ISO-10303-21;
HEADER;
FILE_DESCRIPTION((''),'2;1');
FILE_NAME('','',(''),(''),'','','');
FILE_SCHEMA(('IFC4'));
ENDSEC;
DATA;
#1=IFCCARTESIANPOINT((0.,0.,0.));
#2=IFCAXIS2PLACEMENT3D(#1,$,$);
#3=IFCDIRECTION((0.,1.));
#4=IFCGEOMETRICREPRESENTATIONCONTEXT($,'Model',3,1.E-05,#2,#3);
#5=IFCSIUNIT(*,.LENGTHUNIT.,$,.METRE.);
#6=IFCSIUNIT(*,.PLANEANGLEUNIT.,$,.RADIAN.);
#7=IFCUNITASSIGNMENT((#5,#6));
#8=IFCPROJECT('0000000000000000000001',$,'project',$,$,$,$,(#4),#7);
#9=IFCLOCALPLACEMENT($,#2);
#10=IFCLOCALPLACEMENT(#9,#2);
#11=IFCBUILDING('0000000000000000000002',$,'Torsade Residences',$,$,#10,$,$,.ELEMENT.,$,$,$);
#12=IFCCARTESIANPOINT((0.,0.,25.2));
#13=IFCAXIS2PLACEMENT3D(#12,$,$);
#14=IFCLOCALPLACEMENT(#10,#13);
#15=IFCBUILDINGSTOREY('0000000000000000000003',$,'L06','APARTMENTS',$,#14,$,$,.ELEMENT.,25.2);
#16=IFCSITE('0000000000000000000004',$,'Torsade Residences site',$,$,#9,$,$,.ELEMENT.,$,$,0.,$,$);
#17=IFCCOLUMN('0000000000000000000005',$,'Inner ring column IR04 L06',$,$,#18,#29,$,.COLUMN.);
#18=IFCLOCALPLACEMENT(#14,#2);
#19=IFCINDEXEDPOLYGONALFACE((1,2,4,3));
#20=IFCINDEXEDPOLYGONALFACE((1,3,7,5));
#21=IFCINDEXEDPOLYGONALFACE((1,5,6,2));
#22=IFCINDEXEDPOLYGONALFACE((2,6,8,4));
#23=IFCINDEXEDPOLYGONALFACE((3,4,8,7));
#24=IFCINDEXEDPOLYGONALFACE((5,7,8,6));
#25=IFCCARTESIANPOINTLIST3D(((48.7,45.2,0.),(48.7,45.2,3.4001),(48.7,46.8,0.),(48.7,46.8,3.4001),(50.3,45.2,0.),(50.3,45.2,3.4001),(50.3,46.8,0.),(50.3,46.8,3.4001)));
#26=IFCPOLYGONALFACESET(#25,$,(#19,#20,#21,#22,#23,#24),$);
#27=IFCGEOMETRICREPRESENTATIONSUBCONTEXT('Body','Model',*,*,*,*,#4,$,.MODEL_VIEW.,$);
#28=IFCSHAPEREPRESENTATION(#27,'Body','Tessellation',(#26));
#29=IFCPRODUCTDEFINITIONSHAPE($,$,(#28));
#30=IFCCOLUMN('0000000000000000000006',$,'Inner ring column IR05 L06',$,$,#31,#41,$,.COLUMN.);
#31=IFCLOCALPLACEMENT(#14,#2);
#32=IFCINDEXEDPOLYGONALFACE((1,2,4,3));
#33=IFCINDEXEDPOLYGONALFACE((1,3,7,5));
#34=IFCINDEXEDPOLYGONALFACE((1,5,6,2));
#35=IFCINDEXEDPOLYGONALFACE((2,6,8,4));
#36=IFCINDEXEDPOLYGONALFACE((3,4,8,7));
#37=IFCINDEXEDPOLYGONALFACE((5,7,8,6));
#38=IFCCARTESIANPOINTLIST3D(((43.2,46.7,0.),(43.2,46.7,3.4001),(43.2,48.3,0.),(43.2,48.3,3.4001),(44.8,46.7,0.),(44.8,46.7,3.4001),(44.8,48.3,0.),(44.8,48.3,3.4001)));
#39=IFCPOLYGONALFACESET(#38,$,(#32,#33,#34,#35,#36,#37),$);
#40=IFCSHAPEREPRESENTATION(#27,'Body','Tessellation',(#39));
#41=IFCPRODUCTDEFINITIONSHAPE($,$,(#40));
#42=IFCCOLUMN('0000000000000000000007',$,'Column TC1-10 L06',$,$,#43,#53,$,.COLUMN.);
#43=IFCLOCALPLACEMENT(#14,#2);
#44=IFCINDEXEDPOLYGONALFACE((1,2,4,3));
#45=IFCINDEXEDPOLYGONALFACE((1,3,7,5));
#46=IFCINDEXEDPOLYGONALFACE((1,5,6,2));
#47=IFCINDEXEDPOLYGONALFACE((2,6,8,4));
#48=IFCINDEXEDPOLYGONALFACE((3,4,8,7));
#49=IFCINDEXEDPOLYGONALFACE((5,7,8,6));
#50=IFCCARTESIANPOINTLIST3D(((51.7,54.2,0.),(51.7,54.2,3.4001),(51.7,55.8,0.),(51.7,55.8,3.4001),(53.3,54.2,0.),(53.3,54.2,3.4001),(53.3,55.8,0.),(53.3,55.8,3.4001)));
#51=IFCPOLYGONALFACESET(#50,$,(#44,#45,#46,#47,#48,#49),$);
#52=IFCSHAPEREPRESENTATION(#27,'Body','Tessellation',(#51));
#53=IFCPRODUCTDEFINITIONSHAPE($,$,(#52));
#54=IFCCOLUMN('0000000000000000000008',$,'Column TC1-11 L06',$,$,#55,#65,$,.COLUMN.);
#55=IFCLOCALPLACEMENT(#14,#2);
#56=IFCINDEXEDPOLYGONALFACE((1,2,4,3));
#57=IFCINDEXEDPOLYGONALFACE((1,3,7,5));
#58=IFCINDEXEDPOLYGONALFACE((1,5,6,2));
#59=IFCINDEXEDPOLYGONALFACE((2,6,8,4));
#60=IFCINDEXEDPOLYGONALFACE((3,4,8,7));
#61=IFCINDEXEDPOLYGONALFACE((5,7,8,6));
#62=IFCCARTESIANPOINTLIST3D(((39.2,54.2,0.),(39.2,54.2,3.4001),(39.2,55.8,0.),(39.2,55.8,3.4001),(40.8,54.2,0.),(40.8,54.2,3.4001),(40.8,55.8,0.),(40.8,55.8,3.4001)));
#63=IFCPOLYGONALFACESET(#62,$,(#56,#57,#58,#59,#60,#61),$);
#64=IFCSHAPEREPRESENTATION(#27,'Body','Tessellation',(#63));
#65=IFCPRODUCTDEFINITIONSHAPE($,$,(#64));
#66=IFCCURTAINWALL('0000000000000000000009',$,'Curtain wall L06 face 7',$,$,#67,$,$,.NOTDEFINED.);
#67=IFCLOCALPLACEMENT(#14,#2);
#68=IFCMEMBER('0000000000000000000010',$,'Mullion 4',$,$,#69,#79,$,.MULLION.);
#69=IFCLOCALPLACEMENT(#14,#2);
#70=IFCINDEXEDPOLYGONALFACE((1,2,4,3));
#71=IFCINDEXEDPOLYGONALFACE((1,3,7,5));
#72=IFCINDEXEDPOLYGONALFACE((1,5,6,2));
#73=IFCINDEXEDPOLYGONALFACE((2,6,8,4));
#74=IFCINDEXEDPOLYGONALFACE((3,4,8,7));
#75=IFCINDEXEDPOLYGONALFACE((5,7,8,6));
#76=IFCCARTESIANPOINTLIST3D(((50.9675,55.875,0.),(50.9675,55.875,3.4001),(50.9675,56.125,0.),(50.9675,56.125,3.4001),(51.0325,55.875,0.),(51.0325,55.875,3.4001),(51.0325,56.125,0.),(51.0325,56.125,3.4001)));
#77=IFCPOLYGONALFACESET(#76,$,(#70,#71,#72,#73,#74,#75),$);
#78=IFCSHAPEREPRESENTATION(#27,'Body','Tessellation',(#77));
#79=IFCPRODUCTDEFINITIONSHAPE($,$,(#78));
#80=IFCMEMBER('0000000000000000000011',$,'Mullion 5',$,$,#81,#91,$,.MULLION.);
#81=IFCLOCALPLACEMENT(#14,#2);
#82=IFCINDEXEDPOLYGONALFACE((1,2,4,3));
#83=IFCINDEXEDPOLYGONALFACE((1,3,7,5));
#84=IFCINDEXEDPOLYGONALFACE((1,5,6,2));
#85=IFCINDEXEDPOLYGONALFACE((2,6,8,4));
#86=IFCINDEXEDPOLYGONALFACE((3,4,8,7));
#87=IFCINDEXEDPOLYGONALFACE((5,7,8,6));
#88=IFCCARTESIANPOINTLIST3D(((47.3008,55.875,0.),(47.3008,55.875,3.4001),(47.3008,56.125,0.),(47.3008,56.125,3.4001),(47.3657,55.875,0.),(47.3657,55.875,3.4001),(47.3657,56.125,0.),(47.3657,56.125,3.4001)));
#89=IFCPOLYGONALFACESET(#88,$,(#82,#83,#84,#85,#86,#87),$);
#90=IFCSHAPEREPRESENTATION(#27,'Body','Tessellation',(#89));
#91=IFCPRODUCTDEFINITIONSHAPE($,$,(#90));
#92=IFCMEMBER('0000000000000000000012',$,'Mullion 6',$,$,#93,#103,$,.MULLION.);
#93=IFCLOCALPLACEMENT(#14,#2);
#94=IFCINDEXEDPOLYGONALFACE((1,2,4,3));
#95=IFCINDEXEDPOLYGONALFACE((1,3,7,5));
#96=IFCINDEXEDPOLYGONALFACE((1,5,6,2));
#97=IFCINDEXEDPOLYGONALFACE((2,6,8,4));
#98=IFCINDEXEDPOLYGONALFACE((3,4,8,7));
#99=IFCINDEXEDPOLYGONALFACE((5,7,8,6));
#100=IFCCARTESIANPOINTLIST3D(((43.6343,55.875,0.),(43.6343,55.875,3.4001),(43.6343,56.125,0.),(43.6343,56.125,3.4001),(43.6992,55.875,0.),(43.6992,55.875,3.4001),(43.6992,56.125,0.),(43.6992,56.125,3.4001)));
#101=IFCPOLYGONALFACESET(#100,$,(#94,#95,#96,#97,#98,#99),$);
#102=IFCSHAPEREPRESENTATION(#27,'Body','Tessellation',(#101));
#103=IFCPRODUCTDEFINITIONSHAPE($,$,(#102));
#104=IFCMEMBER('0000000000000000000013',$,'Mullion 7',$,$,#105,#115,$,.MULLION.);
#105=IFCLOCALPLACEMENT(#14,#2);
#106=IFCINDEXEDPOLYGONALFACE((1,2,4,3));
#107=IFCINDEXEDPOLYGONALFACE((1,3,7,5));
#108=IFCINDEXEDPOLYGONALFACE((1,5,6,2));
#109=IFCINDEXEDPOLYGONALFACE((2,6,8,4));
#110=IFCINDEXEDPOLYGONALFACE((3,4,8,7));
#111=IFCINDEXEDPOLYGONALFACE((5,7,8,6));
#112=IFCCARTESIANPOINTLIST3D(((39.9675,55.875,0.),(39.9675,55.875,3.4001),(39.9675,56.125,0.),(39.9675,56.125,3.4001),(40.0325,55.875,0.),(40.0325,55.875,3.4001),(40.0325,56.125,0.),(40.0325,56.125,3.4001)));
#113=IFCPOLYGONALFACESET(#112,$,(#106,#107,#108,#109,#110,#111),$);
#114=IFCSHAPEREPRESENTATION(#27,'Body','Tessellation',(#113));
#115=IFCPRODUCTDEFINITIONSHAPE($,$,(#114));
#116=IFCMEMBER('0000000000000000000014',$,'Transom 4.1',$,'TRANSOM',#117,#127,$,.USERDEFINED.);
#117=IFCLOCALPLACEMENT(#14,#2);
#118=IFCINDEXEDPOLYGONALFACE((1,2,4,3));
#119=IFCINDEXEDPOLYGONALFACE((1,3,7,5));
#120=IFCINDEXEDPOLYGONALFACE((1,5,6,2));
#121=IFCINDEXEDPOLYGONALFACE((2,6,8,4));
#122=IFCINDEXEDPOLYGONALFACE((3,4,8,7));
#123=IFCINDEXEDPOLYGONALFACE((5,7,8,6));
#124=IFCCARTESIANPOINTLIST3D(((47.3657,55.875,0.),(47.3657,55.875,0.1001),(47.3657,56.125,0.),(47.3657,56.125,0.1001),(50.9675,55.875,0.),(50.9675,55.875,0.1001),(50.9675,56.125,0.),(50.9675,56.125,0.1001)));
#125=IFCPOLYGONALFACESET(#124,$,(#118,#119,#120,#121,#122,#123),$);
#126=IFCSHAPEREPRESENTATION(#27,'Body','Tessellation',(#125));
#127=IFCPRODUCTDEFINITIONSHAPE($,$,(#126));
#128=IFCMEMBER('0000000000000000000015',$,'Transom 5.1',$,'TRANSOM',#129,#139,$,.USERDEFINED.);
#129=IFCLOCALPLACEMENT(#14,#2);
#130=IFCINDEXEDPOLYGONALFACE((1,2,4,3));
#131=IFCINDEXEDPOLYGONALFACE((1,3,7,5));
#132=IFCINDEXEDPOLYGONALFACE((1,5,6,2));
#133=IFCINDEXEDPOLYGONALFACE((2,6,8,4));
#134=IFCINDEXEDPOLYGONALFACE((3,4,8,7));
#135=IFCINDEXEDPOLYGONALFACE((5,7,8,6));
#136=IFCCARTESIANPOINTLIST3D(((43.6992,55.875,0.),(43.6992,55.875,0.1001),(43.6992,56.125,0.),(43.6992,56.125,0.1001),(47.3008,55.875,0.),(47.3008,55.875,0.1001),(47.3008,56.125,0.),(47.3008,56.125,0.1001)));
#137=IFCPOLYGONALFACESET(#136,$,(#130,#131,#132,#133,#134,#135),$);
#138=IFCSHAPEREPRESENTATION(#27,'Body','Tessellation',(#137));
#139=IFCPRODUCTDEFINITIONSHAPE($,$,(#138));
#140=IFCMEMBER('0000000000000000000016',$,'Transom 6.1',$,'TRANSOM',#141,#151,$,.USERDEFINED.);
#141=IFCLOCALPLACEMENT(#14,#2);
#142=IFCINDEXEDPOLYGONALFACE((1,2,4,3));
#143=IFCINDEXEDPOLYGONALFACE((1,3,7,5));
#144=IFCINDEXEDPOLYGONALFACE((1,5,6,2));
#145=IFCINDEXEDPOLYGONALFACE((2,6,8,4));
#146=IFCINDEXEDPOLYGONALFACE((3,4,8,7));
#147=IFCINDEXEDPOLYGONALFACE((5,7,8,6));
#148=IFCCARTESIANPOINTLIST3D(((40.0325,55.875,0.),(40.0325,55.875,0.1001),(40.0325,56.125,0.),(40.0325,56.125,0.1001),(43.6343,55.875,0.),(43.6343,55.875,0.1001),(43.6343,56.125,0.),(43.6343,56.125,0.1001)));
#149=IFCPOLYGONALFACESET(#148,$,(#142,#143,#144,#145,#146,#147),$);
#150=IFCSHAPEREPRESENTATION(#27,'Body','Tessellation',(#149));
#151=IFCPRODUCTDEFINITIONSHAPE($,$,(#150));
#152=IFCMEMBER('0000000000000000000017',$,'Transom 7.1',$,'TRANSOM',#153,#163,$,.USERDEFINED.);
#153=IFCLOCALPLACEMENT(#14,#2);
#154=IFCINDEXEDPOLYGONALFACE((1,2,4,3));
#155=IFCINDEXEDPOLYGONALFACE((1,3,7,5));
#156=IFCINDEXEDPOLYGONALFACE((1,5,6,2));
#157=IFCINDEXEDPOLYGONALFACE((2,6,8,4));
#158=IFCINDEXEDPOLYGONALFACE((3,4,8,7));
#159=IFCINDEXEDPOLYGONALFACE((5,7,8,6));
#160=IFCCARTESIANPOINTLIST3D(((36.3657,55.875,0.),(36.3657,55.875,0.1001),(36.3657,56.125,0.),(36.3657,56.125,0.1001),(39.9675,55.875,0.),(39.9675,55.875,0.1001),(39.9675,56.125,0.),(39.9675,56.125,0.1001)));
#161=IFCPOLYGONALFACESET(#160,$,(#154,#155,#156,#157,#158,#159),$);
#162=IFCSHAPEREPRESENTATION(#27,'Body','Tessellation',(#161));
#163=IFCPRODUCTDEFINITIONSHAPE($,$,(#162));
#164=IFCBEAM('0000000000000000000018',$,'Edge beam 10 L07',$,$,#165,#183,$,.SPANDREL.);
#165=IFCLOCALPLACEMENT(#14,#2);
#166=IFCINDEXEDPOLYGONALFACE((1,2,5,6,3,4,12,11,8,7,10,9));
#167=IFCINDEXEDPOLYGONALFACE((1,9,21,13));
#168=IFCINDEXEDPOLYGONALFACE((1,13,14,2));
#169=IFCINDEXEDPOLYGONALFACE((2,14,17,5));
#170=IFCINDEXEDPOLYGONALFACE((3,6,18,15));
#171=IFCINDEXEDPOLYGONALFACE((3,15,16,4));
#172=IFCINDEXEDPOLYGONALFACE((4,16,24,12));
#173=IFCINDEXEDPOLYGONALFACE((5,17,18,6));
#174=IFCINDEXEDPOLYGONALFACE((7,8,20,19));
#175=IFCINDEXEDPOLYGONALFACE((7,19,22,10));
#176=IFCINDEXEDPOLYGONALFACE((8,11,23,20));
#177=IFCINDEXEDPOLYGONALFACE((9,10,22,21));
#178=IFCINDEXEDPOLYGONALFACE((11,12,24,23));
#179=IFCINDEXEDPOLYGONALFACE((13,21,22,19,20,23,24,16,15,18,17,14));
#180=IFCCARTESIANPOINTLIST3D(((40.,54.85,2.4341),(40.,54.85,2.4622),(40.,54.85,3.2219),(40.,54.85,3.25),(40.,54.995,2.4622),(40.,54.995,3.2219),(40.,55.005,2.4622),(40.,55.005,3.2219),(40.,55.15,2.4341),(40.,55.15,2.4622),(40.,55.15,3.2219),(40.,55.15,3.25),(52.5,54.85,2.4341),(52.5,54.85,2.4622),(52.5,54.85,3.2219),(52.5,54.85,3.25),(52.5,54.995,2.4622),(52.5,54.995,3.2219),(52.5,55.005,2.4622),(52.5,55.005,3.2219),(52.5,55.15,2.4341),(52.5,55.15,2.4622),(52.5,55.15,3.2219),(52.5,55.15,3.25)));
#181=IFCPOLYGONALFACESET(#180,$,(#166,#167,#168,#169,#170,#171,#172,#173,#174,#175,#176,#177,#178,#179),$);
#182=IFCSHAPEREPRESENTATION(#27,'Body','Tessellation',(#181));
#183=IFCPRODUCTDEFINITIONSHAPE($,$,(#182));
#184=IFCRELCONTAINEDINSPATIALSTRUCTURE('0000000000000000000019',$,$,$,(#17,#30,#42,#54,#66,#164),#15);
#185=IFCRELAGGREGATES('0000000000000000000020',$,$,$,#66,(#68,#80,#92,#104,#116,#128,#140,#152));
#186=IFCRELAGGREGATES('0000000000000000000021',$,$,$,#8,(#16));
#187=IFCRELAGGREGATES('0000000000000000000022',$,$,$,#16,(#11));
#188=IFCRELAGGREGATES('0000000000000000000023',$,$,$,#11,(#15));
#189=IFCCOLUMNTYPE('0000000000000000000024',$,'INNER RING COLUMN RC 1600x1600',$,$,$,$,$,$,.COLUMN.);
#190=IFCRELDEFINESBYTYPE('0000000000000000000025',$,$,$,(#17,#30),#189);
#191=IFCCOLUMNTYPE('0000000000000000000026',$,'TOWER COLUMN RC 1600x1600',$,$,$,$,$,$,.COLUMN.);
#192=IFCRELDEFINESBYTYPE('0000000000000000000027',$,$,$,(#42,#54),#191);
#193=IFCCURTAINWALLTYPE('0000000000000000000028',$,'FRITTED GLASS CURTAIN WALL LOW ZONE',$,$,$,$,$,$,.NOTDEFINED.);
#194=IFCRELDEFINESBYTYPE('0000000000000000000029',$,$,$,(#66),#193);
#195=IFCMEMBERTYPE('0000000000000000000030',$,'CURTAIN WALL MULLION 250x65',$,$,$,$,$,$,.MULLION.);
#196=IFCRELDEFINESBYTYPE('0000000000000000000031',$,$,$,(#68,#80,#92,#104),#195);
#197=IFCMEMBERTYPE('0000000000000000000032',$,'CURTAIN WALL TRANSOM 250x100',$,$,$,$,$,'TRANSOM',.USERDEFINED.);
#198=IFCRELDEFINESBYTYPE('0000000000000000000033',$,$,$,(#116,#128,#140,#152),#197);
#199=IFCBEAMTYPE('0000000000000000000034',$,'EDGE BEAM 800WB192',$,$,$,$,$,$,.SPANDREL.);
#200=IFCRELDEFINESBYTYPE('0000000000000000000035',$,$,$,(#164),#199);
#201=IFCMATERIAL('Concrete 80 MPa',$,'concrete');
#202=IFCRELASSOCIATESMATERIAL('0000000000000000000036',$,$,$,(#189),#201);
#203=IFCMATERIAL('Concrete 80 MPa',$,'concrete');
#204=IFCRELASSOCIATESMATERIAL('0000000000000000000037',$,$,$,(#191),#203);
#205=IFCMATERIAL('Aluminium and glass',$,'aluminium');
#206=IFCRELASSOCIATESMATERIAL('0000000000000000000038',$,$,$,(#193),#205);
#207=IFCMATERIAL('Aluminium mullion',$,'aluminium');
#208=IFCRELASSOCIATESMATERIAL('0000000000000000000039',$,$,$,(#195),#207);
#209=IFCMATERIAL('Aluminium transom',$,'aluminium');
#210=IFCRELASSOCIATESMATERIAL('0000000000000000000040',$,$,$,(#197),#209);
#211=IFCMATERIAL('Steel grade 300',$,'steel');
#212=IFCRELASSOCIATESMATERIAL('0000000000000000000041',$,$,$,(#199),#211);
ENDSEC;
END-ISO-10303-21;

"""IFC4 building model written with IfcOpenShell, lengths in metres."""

from ifc_helpers import new_model, si_unit, direction, frame, origin, origin_2d, place, context, subcontext, project, spatial, rectangle, i_section, extrude, material, material_profile, profile_set, type_object, element, aggregate, save


model = new_model("IFC4")

# Units and contexts
model_context = context("Model", 3, precision=1e-05, world=origin(), true_north=direction((0.0, 1.0)))
body_context = subcontext(model_context, "Body", "Model", "MODEL_VIEW")
ifc_project = project(units=[si_unit("LENGTHUNIT", "METRE"), si_unit("PLANEANGLEUNIT", "RADIAN")], contexts=[model_context])

# Site, building, storey
site_placement = place(None, origin())
site = spatial("IfcSite", under=ifc_project, at=site_placement, Name="Torsade Residences site", CompositionType="ELEMENT", RefElevation=0.0)
building_placement = place(site_placement, origin())
building = spatial("IfcBuilding", under=site, at=building_placement, Name="Torsade Residences", CompositionType="ELEMENT")
storey_placement = place(building_placement, frame((0.0, 0.0, 25.2)))
storey = spatial("IfcBuildingStorey", under=building, at=storey_placement, Name="L06", Description="APARTMENTS", CompositionType="ELEMENT", Elevation=25.2)

# Columns
ifc_material_1 = material(Name="Concrete 80 MPa", Category="concrete")
ifc_material_profile_1 = material_profile(ifc_material_1, rectangle(XDim=1.6001, YDim=1.6001, at=origin_2d()), Name="RC 1600x1600")
ifc_profile_set_1 = profile_set([ifc_material_profile_1], Name="Concrete 80 MPa")
column_type_1 = type_object("IfcColumnType", Name="INNER RING COLUMN RC 1600x1600", PredefinedType="COLUMN", material=ifc_profile_set_1)
for number, where, z_axis, x_axis, name in (
    (1, (49.5, 46.0, 0.0), (0.0, 0.0, 1.0), (1.0, 0.0, 0.0), "Inner ring column IR04 L06"),
    (2, (44.0, 47.5, 0.0), (0.0, 0.0, 1.0), (1.0, 0.0, 0.0), "Inner ring column IR05 L06"),
):
    element("IfcColumn", number, at=place(storey_placement, frame(where, z_axis=z_axis, x_axis=x_axis)), inside=storey, type_object=column_type_1, Name=name, PredefinedType="COLUMN", context=body_context, shape_type="SweptSolid", body=[
        extrude(rectangle(XDim=1.6001, YDim=1.6001, at=origin_2d()), origin(), (0.0, 0.0, 1.0), 3.4001),
    ])
ifc_material_2 = material(Name="Concrete 80 MPa", Category="concrete")
ifc_material_profile_2 = material_profile(ifc_material_2, rectangle(XDim=1.6001, YDim=1.6001, at=origin_2d()), Name="RC 1600x1600")
ifc_profile_set_2 = profile_set([ifc_material_profile_2], Name="Concrete 80 MPa")
column_type_2 = type_object("IfcColumnType", Name="TOWER COLUMN RC 1600x1600", PredefinedType="COLUMN", material=ifc_profile_set_2)
for number, where, z_axis, x_axis, name in (
    (3, (52.5, 55.0, 0.0), (0.0, 0.0, 1.0), (1.0, 0.0, 0.0), "Column TC1-10 L06"),
    (4, (40.0, 55.0, 0.0), (0.0, 0.0, 1.0), (1.0, 0.0, 0.0), "Column TC1-11 L06"),
):
    element("IfcColumn", number, at=place(storey_placement, frame(where, z_axis=z_axis, x_axis=x_axis)), inside=storey, type_object=column_type_2, Name=name, PredefinedType="COLUMN", context=body_context, shape_type="SweptSolid", body=[
        extrude(rectangle(XDim=1.6001, YDim=1.6001, at=origin_2d()), origin(), (0.0, 0.0, 1.0), 3.4001),
    ])

# Curtain wall, members
ifc_material_3 = material(Name="Aluminium and glass", Category="aluminium")
curtain_wall_type = type_object("IfcCurtainWallType", Name="FRITTED GLASS CURTAIN WALL LOW ZONE", PredefinedType="NOTDEFINED", material=ifc_material_3)
curtain_wall_placement = place(storey_placement, origin())
curtain_wall = element("IfcCurtainWall", 5, at=curtain_wall_placement, inside=storey, type_object=curtain_wall_type, Name="Curtain wall L06 face 7", PredefinedType="NOTDEFINED")
ifc_material_4 = material(Name="Aluminium mullion", Category="aluminium")
ifc_material_profile_3 = material_profile(ifc_material_4, rectangle(XDim=0.25, YDim=0.0649, at=origin_2d()), Name="CURTAIN WALL MULLION 250x65")
ifc_profile_set_3 = profile_set([ifc_material_profile_3], Name="Aluminium mullion")
member_type_1 = type_object("IfcMemberType", Name="CURTAIN WALL MULLION 250x65", PredefinedType="MULLION", material=ifc_profile_set_3)
member_1_placement = place(storey_placement, frame((51.0, 56.0, 0.0), z_axis=(0.0, 0.0, 1.0), x_axis=(0.0, -1.0, 0.0)))
member_1 = element("IfcMember", 6, at=member_1_placement, type_object=member_type_1, Name="Mullion 4", PredefinedType="MULLION", context=body_context, shape_type="SweptSolid", body=[
    extrude(rectangle(XDim=0.25, YDim=0.0649, at=origin_2d()), origin(), (0.0, 0.0, 1.0), 3.4001),
])
member_2_placement = place(storey_placement, frame((47.3333, 56.0, 0.0), z_axis=(0.0, 0.0, 1.0), x_axis=(0.0, -1.0, 0.0)))
member_2 = element("IfcMember", 7, at=member_2_placement, type_object=member_type_1, Name="Mullion 5", PredefinedType="MULLION", context=body_context, shape_type="SweptSolid", body=[
    extrude(rectangle(XDim=0.25, YDim=0.0649, at=origin_2d()), origin(), (0.0, 0.0, 1.0), 3.4001),
])
member_3_placement = place(storey_placement, frame((43.6667, 56.0, 0.0), z_axis=(0.0, 0.0, 1.0), x_axis=(0.0, -1.0, 0.0)))
member_3 = element("IfcMember", 8, at=member_3_placement, type_object=member_type_1, Name="Mullion 6", PredefinedType="MULLION", context=body_context, shape_type="SweptSolid", body=[
    extrude(rectangle(XDim=0.25, YDim=0.0649, at=origin_2d()), origin(), (0.0, 0.0, 1.0), 3.4001),
])
member_4_placement = place(storey_placement, frame((40.0, 56.0, 0.0), z_axis=(0.0, 0.0, 1.0), x_axis=(0.0, -1.0, 0.0)))
member_4 = element("IfcMember", 9, at=member_4_placement, type_object=member_type_1, Name="Mullion 7", PredefinedType="MULLION", context=body_context, shape_type="SweptSolid", body=[
    extrude(rectangle(XDim=0.25, YDim=0.0649, at=origin_2d()), origin(), (0.0, 0.0, 1.0), 3.4001),
])
ifc_material_5 = material(Name="Aluminium transom", Category="aluminium")
ifc_material_profile_4 = material_profile(ifc_material_5, rectangle(XDim=0.25, YDim=0.1001, at=origin_2d()), Name="CURTAIN WALL TRANSOM 250x100")
ifc_profile_set_4 = profile_set([ifc_material_profile_4], Name="Aluminium transom")
member_type_2 = type_object("IfcMemberType", Name="CURTAIN WALL TRANSOM 250x100", ElementType="TRANSOM", PredefinedType="USERDEFINED", material=ifc_profile_set_4)
member_5_placement = place(storey_placement, frame((50.9675, 56.0, 0.05), z_axis=(-1.0, 0.0, 0.0), x_axis=(0.0, -1.0, 0.0)))
member_5 = element("IfcMember", 10, at=member_5_placement, type_object=member_type_2, Name="Transom 4.1", ObjectType="TRANSOM", PredefinedType="USERDEFINED", context=body_context, shape_type="SweptSolid", body=[
    extrude(rectangle(XDim=0.25, YDim=0.1001, at=origin_2d()), origin(), (0.0, 0.0, 1.0), 3.6018),
])
member_6_placement = place(storey_placement, frame((47.3008, 56.0, 0.05), z_axis=(-1.0, 0.0, 0.0), x_axis=(0.0, -1.0, 0.0)))
member_6 = element("IfcMember", 11, at=member_6_placement, type_object=member_type_2, Name="Transom 5.1", ObjectType="TRANSOM", PredefinedType="USERDEFINED", context=body_context, shape_type="SweptSolid", body=[
    extrude(rectangle(XDim=0.25, YDim=0.1001, at=origin_2d()), origin(), (0.0, 0.0, 1.0), 3.6016),
])
member_7_placement = place(storey_placement, frame((43.6343, 56.0, 0.05), z_axis=(-1.0, 0.0, 0.0), x_axis=(0.0, -1.0, 0.0)))
member_7 = element("IfcMember", 12, at=member_7_placement, type_object=member_type_2, Name="Transom 6.1", ObjectType="TRANSOM", PredefinedType="USERDEFINED", context=body_context, shape_type="SweptSolid", body=[
    extrude(rectangle(XDim=0.25, YDim=0.1001, at=origin_2d()), origin(), (0.0, 0.0, 1.0), 3.6018),
])
member_8_placement = place(storey_placement, frame((39.9675, 56.0, 0.05), z_axis=(-1.0, 0.0, 0.0), x_axis=(0.0, -1.0, 0.0)))
member_8 = element("IfcMember", 13, at=member_8_placement, type_object=member_type_2, Name="Transom 7.1", ObjectType="TRANSOM", PredefinedType="USERDEFINED", context=body_context, shape_type="SweptSolid", body=[
    extrude(rectangle(XDim=0.25, YDim=0.1001, at=origin_2d()), origin(), (0.0, 0.0, 1.0), 3.6018),
])

# Beam
ifc_material_6 = material(Name="Steel grade 300", Category="steel")
ifc_material_profile_5 = material_profile(ifc_material_6, i_section(OverallWidth=0.3, OverallDepth=0.8159, WebThickness=0.01, FlangeThickness=0.0281, at=origin_2d()), Name="800WB192")
ifc_profile_set_5 = profile_set([ifc_material_profile_5], Name="Steel grade 300")
beam_type_1 = type_object("IfcBeamType", Name="EDGE BEAM 800WB192", PredefinedType="SPANDREL", material=ifc_profile_set_5)
for number, where, z_axis, x_axis, name in (
    (14, (52.5, 55.0, 2.842), (-1.0, 0.0, 0.0), (0.0, -1.0, 0.0), "Edge beam 10 L07"),
):
    element("IfcBeam", number, at=place(storey_placement, frame(where, z_axis=z_axis, x_axis=x_axis)), inside=storey, type_object=beam_type_1, Name=name, PredefinedType="SPANDREL", context=body_context, shape_type="SweptSolid", body=[
        extrude(i_section(OverallWidth=0.3, OverallDepth=0.8159, WebThickness=0.01, FlangeThickness=0.0281, at=origin_2d()), origin(), (0.0, 0.0, 1.0), 12.5),
    ])

aggregate(curtain_wall, [member_1, member_2, member_3, member_4, member_5, member_6, member_7, member_8])

save(model, "model.ifc")
